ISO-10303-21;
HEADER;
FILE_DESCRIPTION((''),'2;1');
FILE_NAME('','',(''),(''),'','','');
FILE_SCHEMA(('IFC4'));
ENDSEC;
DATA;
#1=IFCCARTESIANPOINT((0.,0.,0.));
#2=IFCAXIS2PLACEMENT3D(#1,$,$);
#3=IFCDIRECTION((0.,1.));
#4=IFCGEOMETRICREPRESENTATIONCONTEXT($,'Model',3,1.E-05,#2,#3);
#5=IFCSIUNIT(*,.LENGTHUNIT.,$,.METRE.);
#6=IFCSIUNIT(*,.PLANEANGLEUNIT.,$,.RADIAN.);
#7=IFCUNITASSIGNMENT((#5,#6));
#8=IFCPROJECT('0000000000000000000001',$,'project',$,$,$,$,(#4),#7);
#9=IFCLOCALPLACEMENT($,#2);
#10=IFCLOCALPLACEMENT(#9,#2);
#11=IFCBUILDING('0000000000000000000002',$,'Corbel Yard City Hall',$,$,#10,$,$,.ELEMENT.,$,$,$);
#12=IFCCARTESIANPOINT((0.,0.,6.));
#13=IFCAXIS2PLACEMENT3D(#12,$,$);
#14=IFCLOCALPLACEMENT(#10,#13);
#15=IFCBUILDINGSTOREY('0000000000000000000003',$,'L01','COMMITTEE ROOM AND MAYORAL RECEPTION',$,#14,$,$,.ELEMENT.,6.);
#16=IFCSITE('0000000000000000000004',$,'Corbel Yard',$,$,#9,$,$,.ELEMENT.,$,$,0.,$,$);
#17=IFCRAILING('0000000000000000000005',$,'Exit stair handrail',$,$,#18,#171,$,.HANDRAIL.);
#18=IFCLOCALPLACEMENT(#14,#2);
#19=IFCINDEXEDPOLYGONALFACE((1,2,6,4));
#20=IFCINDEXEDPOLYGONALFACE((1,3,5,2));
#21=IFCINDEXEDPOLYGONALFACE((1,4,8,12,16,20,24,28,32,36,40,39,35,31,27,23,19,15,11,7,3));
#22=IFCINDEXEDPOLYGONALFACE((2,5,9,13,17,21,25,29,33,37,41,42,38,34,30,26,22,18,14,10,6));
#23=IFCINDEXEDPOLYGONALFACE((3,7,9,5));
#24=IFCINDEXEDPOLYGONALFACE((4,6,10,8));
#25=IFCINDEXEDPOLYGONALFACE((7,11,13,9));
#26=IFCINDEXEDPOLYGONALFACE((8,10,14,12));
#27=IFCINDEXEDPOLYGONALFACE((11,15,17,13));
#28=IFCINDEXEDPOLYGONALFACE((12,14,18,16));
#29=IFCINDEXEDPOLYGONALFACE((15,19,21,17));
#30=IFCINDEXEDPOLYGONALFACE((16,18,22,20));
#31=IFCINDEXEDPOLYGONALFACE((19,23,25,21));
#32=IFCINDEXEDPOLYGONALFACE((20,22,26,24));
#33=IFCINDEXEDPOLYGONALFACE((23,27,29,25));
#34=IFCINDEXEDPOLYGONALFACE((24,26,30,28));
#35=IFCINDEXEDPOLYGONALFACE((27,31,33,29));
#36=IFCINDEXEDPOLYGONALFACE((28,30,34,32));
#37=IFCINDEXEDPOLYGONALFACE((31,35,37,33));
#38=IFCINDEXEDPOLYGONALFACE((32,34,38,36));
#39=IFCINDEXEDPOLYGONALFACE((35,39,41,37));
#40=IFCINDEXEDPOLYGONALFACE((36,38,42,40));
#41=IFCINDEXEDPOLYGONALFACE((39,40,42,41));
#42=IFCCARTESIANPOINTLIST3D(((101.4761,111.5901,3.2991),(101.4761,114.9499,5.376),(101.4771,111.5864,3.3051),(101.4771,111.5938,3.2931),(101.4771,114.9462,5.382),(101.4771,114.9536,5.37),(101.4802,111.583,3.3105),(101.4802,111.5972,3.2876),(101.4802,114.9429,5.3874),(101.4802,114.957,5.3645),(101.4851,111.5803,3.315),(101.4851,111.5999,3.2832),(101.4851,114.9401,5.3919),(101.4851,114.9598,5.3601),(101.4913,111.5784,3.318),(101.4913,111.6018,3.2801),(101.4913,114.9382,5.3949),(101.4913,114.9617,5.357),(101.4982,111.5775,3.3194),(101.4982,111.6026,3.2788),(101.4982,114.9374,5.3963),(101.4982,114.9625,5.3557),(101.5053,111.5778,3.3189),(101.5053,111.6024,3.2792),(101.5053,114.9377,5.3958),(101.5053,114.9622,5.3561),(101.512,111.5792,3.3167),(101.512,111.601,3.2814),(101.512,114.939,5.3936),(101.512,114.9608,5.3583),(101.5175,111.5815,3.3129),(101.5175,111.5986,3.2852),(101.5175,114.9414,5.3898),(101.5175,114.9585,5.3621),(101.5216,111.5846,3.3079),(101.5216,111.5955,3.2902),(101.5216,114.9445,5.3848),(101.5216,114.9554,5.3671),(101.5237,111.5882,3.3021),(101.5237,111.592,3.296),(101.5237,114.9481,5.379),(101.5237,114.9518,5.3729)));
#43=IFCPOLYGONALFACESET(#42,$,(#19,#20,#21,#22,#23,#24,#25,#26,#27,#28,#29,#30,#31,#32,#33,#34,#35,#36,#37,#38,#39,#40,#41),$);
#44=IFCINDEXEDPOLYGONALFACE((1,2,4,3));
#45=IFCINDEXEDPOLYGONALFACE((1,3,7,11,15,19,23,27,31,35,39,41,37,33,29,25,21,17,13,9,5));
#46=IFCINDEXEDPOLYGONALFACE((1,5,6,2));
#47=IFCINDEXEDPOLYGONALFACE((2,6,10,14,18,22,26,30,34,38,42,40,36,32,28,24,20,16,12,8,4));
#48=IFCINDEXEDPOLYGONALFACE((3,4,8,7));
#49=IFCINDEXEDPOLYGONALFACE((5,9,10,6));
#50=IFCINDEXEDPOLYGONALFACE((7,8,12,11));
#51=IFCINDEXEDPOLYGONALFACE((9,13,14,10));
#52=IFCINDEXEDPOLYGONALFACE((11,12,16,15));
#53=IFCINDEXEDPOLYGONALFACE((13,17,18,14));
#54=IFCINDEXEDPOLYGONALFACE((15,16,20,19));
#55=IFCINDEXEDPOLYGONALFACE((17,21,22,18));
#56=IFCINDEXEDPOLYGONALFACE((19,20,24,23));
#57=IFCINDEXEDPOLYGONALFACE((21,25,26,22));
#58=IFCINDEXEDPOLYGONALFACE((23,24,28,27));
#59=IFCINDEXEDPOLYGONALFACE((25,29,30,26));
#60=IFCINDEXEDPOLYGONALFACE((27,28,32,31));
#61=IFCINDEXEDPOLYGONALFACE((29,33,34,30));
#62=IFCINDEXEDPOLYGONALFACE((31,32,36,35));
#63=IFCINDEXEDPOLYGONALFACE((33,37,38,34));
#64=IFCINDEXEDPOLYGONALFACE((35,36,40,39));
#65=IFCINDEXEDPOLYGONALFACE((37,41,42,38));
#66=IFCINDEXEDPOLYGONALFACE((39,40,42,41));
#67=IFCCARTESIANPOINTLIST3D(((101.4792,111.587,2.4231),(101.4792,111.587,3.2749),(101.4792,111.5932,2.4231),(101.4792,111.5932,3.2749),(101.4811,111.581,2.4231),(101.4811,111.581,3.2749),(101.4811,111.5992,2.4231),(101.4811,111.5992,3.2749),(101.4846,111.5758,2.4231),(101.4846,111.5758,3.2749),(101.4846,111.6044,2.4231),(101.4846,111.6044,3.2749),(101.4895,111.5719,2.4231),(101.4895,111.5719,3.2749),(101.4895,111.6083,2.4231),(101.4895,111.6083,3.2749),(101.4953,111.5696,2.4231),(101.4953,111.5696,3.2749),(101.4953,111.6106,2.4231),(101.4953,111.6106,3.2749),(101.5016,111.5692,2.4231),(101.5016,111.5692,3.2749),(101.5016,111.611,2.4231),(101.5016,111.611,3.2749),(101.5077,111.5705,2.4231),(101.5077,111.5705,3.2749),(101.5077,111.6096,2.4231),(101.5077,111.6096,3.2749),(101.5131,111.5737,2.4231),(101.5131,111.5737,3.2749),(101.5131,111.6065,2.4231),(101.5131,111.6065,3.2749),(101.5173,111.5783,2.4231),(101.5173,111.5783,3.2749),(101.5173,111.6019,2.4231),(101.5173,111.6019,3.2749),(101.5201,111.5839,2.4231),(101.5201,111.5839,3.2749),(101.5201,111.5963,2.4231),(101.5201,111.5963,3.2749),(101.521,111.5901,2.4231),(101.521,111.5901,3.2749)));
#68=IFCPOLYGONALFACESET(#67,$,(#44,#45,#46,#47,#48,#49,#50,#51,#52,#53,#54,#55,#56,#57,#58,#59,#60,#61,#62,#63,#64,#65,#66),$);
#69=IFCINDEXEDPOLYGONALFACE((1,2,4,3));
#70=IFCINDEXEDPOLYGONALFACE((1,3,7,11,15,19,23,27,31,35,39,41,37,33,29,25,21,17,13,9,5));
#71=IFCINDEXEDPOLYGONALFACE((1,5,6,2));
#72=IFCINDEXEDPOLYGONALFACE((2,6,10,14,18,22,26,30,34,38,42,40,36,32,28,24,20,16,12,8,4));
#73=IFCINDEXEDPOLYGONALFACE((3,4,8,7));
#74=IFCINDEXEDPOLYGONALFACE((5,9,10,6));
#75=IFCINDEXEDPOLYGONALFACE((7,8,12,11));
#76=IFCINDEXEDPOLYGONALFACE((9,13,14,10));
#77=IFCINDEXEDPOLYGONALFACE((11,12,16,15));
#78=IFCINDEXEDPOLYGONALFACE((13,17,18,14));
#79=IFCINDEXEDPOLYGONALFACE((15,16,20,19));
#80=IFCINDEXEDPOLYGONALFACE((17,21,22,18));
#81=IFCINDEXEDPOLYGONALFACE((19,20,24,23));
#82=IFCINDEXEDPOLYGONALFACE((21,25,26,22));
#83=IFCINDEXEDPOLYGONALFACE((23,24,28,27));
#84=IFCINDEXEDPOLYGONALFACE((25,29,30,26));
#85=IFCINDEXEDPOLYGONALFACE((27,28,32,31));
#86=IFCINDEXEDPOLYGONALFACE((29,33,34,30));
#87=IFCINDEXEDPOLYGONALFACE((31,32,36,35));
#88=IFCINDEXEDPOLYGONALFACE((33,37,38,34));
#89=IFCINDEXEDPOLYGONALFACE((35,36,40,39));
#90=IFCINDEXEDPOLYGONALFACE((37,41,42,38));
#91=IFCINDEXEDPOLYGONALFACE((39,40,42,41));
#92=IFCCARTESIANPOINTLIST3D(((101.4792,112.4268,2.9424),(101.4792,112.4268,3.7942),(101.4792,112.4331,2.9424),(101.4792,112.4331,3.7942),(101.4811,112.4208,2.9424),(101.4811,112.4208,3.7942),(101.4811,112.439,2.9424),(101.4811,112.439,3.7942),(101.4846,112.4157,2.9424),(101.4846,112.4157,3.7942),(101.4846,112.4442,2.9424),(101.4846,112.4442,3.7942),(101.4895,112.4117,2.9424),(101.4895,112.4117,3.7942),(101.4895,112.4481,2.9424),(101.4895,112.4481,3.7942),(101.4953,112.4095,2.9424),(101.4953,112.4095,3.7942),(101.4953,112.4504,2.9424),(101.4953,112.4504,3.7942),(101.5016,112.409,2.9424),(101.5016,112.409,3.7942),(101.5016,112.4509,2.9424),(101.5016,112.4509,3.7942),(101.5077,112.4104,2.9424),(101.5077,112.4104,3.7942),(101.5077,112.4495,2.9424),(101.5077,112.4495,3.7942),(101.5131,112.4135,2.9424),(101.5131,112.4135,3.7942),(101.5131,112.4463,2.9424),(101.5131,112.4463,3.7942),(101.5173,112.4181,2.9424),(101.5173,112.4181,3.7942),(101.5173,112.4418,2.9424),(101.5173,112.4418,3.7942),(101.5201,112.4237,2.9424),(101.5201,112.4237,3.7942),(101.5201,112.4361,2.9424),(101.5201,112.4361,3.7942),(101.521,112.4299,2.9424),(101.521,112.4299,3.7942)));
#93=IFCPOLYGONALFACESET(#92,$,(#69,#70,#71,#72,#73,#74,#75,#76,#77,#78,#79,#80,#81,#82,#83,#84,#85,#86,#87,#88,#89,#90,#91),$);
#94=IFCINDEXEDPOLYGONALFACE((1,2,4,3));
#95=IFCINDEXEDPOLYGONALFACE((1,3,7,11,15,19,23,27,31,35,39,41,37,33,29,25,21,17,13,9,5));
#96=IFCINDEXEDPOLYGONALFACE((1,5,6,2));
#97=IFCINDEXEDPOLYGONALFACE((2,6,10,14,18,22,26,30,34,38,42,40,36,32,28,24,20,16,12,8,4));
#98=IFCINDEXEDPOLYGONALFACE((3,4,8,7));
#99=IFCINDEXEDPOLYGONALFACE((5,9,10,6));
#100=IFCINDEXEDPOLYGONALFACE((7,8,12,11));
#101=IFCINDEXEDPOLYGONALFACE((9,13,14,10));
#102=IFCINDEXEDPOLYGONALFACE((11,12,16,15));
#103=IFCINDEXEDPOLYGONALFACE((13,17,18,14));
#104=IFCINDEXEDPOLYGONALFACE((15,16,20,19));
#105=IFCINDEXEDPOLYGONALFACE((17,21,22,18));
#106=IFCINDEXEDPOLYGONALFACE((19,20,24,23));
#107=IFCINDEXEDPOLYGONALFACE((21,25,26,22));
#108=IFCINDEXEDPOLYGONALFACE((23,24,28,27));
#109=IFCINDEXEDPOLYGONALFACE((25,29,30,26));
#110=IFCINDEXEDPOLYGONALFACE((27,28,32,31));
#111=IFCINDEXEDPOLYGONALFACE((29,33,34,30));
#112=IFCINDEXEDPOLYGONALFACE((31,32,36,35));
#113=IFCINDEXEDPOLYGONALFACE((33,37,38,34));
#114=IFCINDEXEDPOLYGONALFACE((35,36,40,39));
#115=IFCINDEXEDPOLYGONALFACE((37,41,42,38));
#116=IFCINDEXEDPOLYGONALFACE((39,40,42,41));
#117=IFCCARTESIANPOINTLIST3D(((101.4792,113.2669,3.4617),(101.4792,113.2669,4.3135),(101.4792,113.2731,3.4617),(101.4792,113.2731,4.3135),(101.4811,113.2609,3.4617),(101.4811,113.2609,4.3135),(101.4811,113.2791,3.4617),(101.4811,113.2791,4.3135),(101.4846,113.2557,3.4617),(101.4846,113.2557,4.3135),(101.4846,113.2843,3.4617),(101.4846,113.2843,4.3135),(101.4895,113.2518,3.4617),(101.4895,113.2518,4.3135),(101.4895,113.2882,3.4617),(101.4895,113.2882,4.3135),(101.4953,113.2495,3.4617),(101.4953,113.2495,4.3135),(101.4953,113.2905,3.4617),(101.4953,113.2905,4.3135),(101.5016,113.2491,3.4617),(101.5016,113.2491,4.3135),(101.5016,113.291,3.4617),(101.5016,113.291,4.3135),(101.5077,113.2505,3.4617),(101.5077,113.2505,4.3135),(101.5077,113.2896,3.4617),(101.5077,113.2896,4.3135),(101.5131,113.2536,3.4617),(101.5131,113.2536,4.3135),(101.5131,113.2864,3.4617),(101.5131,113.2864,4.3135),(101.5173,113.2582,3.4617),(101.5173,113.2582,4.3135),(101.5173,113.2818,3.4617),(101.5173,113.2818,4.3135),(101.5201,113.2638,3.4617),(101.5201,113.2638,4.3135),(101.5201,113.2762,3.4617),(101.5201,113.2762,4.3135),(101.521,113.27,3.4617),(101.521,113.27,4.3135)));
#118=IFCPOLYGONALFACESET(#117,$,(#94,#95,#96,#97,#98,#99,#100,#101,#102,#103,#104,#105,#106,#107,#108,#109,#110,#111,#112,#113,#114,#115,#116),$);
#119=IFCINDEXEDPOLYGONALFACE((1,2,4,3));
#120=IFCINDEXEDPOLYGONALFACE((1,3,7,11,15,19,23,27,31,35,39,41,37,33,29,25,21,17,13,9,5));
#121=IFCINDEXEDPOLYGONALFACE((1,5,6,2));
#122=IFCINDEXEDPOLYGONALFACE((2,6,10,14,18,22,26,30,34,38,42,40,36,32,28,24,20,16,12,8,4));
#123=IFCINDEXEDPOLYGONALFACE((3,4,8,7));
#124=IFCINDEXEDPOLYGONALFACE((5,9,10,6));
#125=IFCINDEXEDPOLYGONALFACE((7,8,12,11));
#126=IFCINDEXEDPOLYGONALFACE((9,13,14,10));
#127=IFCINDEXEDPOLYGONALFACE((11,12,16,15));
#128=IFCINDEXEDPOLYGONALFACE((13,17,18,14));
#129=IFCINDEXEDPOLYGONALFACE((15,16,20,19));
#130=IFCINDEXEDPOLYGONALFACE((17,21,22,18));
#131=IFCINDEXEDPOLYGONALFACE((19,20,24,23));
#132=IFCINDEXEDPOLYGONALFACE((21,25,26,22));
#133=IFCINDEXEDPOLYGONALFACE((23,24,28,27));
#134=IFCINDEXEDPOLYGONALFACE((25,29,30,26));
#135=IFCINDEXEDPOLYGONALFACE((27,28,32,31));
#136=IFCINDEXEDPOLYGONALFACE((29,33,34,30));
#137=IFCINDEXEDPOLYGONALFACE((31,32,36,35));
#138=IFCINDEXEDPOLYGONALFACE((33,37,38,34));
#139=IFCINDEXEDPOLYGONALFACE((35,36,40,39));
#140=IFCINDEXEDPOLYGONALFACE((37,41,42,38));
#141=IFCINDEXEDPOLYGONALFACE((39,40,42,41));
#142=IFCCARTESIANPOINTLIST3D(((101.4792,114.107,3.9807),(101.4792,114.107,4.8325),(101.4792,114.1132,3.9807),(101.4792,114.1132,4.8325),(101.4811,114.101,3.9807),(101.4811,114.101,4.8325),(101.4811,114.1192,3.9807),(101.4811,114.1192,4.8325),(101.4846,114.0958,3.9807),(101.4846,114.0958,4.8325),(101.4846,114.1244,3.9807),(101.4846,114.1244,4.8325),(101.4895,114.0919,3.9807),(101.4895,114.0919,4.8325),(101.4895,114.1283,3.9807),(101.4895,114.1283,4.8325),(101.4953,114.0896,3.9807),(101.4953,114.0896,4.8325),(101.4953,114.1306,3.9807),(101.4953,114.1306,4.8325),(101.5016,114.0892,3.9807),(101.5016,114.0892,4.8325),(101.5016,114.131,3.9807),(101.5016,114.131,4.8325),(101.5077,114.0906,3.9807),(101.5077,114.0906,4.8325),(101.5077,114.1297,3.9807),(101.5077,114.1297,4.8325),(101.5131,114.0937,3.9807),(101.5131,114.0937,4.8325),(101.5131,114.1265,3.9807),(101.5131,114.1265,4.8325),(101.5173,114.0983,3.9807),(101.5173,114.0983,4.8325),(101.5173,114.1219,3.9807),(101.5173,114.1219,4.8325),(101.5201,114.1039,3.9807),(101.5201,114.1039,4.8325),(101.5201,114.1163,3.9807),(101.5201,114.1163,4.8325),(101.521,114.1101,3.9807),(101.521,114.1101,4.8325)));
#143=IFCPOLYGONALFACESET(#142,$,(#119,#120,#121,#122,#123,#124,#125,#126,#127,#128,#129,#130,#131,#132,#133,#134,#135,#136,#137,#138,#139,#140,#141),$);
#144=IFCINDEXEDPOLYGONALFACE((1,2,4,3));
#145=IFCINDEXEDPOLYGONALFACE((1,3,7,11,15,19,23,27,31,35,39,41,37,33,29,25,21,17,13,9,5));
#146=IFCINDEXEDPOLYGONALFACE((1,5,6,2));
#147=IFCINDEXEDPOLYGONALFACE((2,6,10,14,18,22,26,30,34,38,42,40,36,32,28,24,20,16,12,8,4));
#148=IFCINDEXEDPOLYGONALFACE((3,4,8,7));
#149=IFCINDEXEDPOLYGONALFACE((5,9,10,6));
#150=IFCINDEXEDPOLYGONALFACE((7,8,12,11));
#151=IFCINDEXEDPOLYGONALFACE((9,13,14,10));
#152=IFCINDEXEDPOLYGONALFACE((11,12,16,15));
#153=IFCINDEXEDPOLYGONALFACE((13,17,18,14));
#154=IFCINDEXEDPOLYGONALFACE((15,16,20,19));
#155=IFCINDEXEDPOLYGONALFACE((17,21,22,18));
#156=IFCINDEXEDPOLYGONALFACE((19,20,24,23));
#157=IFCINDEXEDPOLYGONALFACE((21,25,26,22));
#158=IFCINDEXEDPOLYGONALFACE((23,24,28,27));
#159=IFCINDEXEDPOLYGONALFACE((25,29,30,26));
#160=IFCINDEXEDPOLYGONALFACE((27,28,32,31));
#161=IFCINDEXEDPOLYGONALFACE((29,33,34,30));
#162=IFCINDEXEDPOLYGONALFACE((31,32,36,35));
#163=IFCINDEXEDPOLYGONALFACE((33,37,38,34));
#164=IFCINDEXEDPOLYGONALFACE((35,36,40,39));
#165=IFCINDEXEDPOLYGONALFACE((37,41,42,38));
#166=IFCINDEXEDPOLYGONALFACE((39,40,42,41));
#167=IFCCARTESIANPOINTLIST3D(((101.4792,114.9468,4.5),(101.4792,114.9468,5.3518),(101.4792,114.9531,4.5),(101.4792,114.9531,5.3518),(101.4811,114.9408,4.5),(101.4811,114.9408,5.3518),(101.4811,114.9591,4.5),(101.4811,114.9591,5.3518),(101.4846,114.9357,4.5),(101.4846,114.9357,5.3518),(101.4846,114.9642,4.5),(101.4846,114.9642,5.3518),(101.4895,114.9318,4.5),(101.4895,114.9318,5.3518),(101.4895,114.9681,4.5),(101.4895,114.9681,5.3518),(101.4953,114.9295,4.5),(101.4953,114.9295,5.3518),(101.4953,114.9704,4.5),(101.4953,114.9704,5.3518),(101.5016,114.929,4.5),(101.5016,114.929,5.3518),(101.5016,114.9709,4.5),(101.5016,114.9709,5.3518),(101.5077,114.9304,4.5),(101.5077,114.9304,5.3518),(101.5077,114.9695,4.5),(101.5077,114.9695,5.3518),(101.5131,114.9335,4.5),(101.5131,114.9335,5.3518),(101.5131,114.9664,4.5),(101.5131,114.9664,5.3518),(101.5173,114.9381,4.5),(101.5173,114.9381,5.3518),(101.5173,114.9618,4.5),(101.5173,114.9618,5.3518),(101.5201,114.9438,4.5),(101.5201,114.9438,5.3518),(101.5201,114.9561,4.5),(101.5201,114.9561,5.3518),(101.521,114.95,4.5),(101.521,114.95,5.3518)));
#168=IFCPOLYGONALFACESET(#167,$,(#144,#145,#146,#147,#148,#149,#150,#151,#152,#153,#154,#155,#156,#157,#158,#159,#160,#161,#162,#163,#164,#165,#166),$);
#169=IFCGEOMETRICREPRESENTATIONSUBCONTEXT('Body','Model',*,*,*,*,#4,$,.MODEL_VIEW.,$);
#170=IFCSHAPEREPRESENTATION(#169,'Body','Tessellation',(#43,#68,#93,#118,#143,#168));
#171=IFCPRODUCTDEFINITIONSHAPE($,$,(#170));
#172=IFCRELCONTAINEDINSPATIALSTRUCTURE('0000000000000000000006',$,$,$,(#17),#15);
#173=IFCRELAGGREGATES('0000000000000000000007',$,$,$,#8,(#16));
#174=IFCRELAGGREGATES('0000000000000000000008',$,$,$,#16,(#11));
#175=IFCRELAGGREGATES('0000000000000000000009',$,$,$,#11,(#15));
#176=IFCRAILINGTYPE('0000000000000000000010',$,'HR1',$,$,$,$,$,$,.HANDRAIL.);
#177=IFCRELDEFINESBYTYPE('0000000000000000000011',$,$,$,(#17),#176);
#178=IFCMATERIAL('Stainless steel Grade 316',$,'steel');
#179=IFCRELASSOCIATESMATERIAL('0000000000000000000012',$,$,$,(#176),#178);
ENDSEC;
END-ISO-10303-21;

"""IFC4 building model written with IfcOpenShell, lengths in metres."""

from ifc_helpers import new_model, si_unit, direction, frame, origin, origin_2d, place, context, subcontext, project, spatial, circle, extrude, material, type_object, element, save


model = new_model("IFC4")

# Units and contexts
model_context = context("Model", 3, precision=1e-05, world=origin(), true_north=direction((0.0, 1.0)))
body_context = subcontext(model_context, "Body", "Model", "MODEL_VIEW")
ifc_project = project(units=[si_unit("LENGTHUNIT", "METRE"), si_unit("PLANEANGLEUNIT", "RADIAN")], contexts=[model_context])

# Site, building, storey
site_placement = place(None, origin())
site = spatial("IfcSite", under=ifc_project, at=site_placement, Name="Corbel Yard", CompositionType="ELEMENT", RefElevation=0.0)
building_placement = place(site_placement, origin())
building = spatial("IfcBuilding", under=site, at=building_placement, Name="Corbel Yard City Hall", CompositionType="ELEMENT")
storey_placement = place(building_placement, frame((0.0, 0.0, 6.0)))
storey = spatial("IfcBuildingStorey", under=building, at=storey_placement, Name="L01", Description="COMMITTEE ROOM AND MAYORAL RECEPTION", CompositionType="ELEMENT", Elevation=6.0)

# Railing
ifc_material_1 = material(Name="Stainless steel Grade 316", Category="steel")
railing_type = type_object("IfcRailingType", Name="HR1", PredefinedType="HANDRAIL", material=ifc_material_1)
railing_placement = place(storey_placement, frame((101.5, 111.5901, 2.4231)))
element("IfcRailing", 1, at=railing_placement, inside=storey, type_object=railing_type, Name="Exit stair handrail", PredefinedType="HANDRAIL", context=body_context, shape_type="SweptSolid", body=[
    extrude(circle(Radius=0.0239, at=origin_2d()), frame((0.0, 0.0, 0.876), z_axis=(0.0, 0.850606, 0.525803), x_axis=(-1.0, 0.0, 0.0)), (0.0, 0.0, 1.0), 3.95),
    extrude(circle(Radius=0.021, at=origin_2d()), origin(), (0.0, 0.0, 1.0), 0.8518),
    extrude(circle(Radius=0.021, at=origin_2d()), frame((0.0, 0.8398, 0.5193)), (0.0, 0.0, 1.0), 0.8518),
    extrude(circle(Radius=0.021, at=origin_2d()), frame((0.0, 1.6799, 1.0386)), (0.0, 0.0, 1.0), 0.8518),
    extrude(circle(Radius=0.021, at=origin_2d()), frame((0.0, 2.52, 1.5576)), (0.0, 0.0, 1.0), 0.8518),
    extrude(circle(Radius=0.021, at=origin_2d()), frame((0.0, 3.3599, 2.0769)), (0.0, 0.0, 1.0), 0.8518),
])

save(model, "model.ifc")
